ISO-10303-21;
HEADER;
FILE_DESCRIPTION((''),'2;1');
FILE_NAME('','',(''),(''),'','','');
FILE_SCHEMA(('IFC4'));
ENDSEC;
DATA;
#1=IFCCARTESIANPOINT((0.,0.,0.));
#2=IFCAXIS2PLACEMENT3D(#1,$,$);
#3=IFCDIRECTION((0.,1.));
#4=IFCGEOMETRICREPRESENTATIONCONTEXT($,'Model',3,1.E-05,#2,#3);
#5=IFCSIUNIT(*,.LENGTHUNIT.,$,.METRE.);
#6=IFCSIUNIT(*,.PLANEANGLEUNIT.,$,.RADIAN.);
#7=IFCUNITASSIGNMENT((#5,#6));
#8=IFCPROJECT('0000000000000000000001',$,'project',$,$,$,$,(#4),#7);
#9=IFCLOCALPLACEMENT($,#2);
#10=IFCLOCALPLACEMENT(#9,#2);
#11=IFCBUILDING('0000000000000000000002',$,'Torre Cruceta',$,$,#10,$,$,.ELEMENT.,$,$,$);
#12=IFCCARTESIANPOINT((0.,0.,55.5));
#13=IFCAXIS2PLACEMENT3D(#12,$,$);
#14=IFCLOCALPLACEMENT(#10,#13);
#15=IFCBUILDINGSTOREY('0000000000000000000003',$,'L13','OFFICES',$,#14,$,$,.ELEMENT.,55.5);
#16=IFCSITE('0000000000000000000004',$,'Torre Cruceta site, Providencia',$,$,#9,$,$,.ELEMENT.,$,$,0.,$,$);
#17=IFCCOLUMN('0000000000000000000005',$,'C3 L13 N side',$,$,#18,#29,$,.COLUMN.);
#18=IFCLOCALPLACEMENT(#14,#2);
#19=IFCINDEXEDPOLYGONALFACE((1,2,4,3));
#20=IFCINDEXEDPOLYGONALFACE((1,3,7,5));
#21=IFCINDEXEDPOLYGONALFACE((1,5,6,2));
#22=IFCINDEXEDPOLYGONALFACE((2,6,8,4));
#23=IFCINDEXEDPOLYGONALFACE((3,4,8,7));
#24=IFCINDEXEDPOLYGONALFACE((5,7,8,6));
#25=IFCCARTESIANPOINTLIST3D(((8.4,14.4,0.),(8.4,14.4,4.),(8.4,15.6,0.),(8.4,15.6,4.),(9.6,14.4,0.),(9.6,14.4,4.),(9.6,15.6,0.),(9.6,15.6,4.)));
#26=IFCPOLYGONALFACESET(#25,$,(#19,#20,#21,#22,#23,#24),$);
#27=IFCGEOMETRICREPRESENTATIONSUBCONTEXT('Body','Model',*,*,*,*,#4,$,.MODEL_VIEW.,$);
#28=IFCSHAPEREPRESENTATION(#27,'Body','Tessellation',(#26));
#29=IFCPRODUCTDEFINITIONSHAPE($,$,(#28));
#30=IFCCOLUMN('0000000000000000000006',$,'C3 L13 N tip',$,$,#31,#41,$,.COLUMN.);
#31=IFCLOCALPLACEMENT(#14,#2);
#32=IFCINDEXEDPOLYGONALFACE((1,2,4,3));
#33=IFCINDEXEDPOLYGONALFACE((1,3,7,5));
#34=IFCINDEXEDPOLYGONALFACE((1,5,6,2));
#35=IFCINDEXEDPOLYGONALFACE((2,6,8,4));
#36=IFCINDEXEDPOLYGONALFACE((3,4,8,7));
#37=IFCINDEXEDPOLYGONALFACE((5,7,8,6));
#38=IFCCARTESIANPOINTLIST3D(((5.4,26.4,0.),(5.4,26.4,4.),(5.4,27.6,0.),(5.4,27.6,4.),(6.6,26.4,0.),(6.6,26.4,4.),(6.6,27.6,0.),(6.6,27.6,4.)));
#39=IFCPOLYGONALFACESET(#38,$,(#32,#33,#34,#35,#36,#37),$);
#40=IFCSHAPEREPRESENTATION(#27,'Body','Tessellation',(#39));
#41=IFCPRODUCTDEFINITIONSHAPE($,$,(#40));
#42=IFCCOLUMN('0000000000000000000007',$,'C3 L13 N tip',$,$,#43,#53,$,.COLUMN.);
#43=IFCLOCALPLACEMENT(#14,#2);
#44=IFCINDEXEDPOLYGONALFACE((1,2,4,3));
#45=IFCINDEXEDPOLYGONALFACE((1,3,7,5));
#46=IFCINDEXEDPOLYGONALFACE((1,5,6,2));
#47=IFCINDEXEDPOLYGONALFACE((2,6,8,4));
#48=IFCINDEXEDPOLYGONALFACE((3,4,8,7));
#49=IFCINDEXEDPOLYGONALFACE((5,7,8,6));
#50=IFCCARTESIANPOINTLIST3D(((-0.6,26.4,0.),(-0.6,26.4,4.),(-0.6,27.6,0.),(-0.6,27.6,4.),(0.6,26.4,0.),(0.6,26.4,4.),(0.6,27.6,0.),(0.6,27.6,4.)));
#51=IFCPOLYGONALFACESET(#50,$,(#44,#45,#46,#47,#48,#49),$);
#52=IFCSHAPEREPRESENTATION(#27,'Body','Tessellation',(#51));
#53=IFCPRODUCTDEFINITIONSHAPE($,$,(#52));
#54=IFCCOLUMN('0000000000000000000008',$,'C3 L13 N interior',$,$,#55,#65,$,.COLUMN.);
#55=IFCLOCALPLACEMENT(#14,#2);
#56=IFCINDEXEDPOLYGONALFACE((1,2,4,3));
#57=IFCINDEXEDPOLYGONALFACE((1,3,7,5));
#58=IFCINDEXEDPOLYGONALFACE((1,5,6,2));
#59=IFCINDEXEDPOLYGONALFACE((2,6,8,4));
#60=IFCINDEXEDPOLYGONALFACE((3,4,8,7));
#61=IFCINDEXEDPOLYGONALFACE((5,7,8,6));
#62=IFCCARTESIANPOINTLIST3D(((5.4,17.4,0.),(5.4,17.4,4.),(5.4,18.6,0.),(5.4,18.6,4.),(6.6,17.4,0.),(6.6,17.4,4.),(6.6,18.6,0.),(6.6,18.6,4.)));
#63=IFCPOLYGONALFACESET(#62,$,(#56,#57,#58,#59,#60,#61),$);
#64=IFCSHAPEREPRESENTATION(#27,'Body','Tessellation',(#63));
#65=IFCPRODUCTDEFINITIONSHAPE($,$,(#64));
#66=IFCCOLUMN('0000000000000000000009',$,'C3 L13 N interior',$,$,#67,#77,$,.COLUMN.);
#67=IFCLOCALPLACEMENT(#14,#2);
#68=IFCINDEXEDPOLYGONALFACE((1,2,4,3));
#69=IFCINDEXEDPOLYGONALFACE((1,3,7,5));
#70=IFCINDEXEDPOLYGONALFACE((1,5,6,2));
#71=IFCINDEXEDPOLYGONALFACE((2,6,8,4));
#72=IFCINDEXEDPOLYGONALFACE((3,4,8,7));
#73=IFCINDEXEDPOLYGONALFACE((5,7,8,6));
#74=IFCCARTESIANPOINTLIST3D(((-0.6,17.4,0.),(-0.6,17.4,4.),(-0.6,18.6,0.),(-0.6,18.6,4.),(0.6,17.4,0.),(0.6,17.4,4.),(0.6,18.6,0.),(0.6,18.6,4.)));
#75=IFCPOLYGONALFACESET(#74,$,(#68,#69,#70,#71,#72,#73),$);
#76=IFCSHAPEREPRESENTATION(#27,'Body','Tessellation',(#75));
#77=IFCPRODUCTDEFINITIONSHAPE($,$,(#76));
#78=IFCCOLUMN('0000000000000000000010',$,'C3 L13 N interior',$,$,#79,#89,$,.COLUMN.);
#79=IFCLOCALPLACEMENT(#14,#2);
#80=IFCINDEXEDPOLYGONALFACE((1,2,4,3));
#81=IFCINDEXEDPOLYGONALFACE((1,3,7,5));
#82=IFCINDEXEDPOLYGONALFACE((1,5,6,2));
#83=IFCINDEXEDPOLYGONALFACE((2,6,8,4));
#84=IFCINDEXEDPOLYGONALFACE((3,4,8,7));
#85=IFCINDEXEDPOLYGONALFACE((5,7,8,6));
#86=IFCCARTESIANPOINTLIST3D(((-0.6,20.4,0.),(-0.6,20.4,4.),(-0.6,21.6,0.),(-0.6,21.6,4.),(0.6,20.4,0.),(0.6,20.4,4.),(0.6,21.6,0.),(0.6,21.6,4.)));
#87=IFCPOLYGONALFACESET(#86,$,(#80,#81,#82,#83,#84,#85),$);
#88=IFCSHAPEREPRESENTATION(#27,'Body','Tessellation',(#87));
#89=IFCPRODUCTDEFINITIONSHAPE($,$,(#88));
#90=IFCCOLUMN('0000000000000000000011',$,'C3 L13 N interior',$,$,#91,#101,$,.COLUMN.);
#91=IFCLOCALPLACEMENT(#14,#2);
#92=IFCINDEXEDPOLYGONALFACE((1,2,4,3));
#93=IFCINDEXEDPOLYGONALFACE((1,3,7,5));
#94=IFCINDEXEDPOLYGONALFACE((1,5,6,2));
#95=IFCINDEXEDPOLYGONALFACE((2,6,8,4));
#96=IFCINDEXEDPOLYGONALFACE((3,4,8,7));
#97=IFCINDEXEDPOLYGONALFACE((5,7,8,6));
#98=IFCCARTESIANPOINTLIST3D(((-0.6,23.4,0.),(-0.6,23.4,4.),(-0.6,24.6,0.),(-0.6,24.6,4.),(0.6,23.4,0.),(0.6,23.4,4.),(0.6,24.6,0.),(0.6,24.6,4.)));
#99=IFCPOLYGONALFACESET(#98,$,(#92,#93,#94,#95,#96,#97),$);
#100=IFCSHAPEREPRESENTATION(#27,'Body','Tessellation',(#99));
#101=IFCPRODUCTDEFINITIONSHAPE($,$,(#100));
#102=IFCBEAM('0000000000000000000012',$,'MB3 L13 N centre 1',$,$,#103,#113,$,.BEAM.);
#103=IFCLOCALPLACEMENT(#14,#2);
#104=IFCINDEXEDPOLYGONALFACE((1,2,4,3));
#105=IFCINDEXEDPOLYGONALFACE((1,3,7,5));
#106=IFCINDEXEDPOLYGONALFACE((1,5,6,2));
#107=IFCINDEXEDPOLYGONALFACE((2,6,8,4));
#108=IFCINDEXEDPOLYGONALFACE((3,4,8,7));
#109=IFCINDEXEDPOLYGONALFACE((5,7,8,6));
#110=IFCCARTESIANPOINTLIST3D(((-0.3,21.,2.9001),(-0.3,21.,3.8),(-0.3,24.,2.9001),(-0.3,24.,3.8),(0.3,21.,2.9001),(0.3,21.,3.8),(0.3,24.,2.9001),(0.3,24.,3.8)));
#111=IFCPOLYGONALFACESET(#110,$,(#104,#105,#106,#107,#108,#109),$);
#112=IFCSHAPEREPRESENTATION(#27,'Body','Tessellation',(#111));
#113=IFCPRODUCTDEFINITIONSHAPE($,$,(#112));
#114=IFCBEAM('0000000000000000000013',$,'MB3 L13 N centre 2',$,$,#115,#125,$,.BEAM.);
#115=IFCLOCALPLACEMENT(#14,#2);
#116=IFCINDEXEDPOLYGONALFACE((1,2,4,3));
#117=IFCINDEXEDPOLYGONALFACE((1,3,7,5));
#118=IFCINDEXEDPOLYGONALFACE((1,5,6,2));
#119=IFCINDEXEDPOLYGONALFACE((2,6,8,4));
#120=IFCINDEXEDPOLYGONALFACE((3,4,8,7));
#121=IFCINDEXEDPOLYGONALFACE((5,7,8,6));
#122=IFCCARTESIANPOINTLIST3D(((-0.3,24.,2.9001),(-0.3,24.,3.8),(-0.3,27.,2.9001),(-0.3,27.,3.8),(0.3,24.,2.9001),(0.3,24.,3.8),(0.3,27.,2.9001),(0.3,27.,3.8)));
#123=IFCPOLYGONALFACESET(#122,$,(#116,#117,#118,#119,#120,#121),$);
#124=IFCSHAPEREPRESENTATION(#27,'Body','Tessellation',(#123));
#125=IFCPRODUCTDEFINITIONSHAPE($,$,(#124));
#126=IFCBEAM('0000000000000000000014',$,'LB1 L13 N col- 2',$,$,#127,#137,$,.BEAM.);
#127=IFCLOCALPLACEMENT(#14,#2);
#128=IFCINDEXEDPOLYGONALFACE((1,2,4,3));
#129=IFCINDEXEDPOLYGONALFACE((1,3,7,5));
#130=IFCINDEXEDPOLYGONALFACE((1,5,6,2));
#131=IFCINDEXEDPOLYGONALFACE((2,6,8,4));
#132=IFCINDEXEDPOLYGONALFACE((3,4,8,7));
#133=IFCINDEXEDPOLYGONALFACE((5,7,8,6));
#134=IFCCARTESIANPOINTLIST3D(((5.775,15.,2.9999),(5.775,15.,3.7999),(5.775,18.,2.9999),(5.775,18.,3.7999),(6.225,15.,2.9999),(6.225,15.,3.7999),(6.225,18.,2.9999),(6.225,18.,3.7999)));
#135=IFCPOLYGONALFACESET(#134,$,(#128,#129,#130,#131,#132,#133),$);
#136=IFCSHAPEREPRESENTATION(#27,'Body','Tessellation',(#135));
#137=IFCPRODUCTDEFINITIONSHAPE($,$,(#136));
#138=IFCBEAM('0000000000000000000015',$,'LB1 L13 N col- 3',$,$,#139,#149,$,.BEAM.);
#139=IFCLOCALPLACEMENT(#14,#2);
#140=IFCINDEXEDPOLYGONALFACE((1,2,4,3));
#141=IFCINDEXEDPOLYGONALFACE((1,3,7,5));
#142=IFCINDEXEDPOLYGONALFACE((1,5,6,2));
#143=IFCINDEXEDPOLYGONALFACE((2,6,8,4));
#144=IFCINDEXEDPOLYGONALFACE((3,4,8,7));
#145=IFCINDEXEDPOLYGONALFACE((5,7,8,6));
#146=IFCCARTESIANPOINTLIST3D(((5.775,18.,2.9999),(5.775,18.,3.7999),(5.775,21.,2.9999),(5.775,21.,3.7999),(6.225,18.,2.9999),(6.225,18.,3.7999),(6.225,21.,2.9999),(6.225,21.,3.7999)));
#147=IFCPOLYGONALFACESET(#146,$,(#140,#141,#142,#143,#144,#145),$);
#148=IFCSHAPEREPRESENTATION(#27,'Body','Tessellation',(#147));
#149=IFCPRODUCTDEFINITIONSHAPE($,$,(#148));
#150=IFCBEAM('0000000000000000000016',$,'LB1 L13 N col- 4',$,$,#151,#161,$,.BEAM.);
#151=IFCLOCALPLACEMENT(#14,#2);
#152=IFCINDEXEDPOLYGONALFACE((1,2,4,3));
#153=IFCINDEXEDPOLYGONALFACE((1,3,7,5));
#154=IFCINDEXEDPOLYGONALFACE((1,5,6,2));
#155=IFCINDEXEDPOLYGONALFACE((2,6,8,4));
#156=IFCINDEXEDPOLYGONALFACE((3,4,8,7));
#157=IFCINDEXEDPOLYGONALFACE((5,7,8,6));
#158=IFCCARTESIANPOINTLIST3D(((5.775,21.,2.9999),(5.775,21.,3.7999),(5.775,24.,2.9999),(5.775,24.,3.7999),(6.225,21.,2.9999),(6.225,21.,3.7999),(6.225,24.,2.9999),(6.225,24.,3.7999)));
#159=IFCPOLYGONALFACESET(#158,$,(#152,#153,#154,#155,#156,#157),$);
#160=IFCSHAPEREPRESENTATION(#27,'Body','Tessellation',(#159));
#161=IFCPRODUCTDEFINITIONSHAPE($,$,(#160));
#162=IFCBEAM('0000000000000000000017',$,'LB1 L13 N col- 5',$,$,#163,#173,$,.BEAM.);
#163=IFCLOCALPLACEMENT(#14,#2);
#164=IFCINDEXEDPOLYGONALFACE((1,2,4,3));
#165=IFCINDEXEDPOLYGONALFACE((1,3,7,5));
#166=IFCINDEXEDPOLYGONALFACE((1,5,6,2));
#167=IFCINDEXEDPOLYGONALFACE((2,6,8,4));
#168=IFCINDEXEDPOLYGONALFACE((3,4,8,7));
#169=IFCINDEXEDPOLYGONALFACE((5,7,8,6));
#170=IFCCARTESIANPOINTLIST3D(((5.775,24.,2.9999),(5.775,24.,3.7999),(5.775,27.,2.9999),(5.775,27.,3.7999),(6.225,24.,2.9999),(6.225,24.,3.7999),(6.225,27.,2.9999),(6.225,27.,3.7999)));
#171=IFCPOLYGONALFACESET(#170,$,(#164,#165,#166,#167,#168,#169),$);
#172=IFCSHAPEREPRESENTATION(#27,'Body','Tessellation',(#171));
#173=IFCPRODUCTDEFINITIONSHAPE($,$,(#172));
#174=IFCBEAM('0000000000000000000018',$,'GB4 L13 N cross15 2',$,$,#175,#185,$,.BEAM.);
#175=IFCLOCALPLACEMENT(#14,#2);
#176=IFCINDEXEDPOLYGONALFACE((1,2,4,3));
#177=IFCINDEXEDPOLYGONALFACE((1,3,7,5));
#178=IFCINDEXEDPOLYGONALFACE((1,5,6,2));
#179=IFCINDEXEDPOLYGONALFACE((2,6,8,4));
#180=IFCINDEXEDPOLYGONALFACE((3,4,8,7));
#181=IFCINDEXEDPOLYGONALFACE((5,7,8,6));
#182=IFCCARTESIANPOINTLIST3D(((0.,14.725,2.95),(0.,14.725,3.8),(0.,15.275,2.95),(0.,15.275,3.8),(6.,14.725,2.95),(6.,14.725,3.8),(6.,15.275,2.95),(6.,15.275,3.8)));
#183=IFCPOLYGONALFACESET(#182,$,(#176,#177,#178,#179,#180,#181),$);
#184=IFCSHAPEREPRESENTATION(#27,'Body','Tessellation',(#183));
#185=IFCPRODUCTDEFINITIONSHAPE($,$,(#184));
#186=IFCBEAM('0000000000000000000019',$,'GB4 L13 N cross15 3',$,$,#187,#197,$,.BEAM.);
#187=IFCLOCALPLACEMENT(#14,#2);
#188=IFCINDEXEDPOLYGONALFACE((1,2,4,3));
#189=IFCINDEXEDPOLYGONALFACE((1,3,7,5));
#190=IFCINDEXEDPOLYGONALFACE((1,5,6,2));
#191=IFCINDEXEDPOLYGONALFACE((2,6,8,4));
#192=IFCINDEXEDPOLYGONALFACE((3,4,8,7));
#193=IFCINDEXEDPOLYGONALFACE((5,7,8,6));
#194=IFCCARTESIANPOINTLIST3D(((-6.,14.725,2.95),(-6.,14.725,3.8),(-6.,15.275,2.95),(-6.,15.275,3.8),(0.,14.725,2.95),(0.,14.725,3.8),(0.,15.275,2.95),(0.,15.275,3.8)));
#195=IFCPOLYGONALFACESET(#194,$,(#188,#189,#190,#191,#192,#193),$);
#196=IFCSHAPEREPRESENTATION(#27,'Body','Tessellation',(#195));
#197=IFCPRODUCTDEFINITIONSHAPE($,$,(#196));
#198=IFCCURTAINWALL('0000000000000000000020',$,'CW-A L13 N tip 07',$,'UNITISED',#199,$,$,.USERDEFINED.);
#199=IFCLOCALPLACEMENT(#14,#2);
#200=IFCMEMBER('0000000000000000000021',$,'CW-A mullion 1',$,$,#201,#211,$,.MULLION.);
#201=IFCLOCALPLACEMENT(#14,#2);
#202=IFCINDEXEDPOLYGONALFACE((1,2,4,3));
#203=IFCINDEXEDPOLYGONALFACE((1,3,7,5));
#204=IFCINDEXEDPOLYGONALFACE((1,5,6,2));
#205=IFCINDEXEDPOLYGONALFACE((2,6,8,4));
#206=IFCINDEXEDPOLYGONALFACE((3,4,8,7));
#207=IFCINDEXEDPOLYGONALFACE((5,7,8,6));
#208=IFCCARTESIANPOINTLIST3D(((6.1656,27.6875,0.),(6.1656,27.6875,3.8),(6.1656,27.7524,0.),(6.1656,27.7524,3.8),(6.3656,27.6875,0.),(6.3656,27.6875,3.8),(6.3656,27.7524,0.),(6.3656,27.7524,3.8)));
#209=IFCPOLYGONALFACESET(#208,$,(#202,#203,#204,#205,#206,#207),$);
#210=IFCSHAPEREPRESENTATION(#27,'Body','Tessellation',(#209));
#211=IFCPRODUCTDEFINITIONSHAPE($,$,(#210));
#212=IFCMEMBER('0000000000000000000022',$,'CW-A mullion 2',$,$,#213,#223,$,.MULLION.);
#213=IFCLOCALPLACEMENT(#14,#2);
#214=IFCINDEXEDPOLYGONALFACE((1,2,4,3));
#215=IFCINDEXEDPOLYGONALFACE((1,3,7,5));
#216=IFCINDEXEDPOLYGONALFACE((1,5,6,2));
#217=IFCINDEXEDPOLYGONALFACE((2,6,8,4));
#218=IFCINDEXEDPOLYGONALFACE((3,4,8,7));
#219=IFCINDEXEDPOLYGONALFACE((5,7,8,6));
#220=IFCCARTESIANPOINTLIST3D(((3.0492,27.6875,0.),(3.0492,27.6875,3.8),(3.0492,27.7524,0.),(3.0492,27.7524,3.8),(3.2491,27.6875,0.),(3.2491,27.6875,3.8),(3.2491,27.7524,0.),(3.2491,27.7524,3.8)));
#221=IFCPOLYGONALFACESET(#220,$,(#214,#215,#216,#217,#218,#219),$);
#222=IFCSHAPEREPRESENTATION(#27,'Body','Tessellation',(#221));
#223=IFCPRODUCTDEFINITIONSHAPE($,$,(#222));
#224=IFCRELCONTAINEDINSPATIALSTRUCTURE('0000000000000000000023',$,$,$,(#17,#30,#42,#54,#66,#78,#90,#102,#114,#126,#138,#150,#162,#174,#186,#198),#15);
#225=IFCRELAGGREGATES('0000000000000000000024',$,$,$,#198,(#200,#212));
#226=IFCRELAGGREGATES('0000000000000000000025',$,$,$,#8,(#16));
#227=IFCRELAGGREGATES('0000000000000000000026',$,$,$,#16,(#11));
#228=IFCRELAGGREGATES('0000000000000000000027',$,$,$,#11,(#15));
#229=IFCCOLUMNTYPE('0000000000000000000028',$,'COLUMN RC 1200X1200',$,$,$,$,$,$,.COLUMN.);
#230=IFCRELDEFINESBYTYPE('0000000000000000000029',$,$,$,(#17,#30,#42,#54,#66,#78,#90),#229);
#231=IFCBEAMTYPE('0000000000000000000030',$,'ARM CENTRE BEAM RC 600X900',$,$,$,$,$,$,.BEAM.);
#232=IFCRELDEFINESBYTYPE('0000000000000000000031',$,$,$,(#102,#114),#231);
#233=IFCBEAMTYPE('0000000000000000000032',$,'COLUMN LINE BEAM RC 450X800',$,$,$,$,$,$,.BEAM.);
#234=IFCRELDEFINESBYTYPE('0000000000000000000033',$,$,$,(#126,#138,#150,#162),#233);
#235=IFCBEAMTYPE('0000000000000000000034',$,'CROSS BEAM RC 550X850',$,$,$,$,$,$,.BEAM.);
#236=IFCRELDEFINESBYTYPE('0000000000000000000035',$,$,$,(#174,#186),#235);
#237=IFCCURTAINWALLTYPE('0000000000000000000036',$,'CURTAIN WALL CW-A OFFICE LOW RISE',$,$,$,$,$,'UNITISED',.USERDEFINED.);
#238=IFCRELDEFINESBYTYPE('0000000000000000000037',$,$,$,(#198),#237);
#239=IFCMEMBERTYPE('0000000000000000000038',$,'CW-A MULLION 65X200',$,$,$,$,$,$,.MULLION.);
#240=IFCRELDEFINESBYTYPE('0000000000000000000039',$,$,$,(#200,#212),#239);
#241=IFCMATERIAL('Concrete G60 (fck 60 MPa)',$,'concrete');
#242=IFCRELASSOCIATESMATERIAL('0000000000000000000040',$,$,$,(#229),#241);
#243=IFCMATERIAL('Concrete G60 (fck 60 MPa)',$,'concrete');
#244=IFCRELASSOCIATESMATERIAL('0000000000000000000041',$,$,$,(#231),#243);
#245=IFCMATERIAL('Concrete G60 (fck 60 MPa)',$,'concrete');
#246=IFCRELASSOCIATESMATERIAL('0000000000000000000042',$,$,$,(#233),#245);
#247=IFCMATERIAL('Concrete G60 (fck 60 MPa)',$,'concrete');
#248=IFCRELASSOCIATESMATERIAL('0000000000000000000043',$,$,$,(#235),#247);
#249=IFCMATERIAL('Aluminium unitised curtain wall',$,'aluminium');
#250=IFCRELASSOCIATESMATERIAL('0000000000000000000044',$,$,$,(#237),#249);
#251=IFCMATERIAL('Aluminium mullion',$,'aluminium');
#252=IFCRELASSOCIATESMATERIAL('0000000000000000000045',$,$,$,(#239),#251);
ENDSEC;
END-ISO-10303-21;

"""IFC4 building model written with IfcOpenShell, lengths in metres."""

from ifc_helpers import new_model, si_unit, direction, frame, origin, origin_2d, place, context, subcontext, project, spatial, rectangle, extrude, material, material_profile, profile_set, type_object, element, aggregate, save


model = new_model("IFC4")

# Units and contexts
model_context = context("Model", 3, precision=1e-05, world=origin(), true_north=direction((0.0, 1.0)))
body_context = subcontext(model_context, "Body", "Model", "MODEL_VIEW")
ifc_project = project(units=[si_unit("LENGTHUNIT", "METRE"), si_unit("PLANEANGLEUNIT", "RADIAN")], contexts=[model_context])

# Site, building, storey
site_placement = place(None, origin())
site = spatial("IfcSite", under=ifc_project, at=site_placement, Name="Torre Cruceta site, Providencia", CompositionType="ELEMENT", RefElevation=0.0)
building_placement = place(site_placement, origin())
building = spatial("IfcBuilding", under=site, at=building_placement, Name="Torre Cruceta", CompositionType="ELEMENT")
storey_placement = place(building_placement, frame((0.0, 0.0, 55.5)))
storey = spatial("IfcBuildingStorey", under=building, at=storey_placement, Name="L13", Description="OFFICES", CompositionType="ELEMENT", Elevation=55.5)

# Columns
ifc_material_1 = material(Name="Concrete G60 (fck 60 MPa)", Category="concrete")
ifc_material_profile_1 = material_profile(ifc_material_1, rectangle(XDim=1.2, YDim=1.2, at=origin_2d()), Name="RC 1200X1200")
ifc_profile_set_1 = profile_set([ifc_material_profile_1], Name="Concrete G60 (fck 60 MPa)")
column_type = type_object("IfcColumnType", Name="COLUMN RC 1200X1200", PredefinedType="COLUMN", material=ifc_profile_set_1)
for number, where, z_axis, x_axis, name in (
    (1, (9.0, 15.0, 0.0), (0.0, 0.0, 1.0), (1.0, 0.0, 0.0), "C3 L13 N side"),
    (2, (6.0, 27.0, 0.0), (0.0, 0.0, 1.0), (1.0, 0.0, 0.0), "C3 L13 N tip"),
    (3, (0.0, 27.0, 0.0), (0.0, 0.0, 1.0), (1.0, 0.0, 0.0), "C3 L13 N tip"),
    (4, (6.0, 18.0, 0.0), (0.0, 0.0, 1.0), (1.0, 0.0, 0.0), "C3 L13 N interior"),
    (5, (0.0, 18.0, 0.0), (0.0, 0.0, 1.0), (1.0, 0.0, 0.0), "C3 L13 N interior"),
    (6, (0.0, 21.0, 0.0), (0.0, 0.0, 1.0), (1.0, 0.0, 0.0), "C3 L13 N interior"),
    (7, (0.0, 24.0, 0.0), (0.0, 0.0, 1.0), (1.0, 0.0, 0.0), "C3 L13 N interior"),
):
    element("IfcColumn", number, at=place(storey_placement, frame(where, z_axis=z_axis, x_axis=x_axis)), inside=storey, type_object=column_type, Name=name, PredefinedType="COLUMN", context=body_context, shape_type="SweptSolid", body=[
        extrude(rectangle(XDim=1.2, YDim=1.2, at=origin_2d()), origin(), (0.0, 0.0, 1.0), 4.0),
    ])

# Beams
ifc_material_2 = material(Name="Concrete G60 (fck 60 MPa)", Category="concrete")
ifc_material_profile_2 = material_profile(ifc_material_2, rectangle(XDim=0.6001, YDim=0.8999, at=origin_2d()), Name="RC 600X900")
ifc_profile_set_2 = profile_set([ifc_material_profile_2], Name="Concrete G60 (fck 60 MPa)")
beam_type_1 = type_object("IfcBeamType", Name="ARM CENTRE BEAM RC 600X900", PredefinedType="BEAM", material=ifc_profile_set_2)
for number, where, z_axis, x_axis, name in (
    (8, (0.0, 21.0, 3.3501), (0.0, 1.0, 0.0), (-1.0, 0.0, 0.0), "MB3 L13 N centre 1"),
    (9, (0.0, 24.0, 3.3501), (0.0, 1.0, 0.0), (-1.0, 0.0, 0.0), "MB3 L13 N centre 2"),
):
    element("IfcBeam", number, at=place(storey_placement, frame(where, z_axis=z_axis, x_axis=x_axis)), inside=storey, type_object=beam_type_1, Name=name, PredefinedType="BEAM", context=body_context, shape_type="SweptSolid", body=[
        extrude(rectangle(XDim=0.6001, YDim=0.8999, at=origin_2d()), origin(), (0.0, 0.0, 1.0), 3.0),
    ])
ifc_material_3 = material(Name="Concrete G60 (fck 60 MPa)", Category="concrete")
ifc_material_profile_3 = material_profile(ifc_material_3, rectangle(XDim=0.45, YDim=0.8, at=origin_2d()), Name="RC 450X800")
ifc_profile_set_3 = profile_set([ifc_material_profile_3], Name="Concrete G60 (fck 60 MPa)")
beam_type_2 = type_object("IfcBeamType", Name="COLUMN LINE BEAM RC 450X800", PredefinedType="BEAM", material=ifc_profile_set_3)
for number, where, z_axis, x_axis, name in (
    (10, (6.0, 15.0, 3.3999), (0.0, 1.0, 0.0), (-1.0, 0.0, 0.0), "LB1 L13 N col- 2"),
    (11, (6.0, 18.0, 3.3999), (0.0, 1.0, 0.0), (-1.0, 0.0, 0.0), "LB1 L13 N col- 3"),
    (12, (6.0, 21.0, 3.3999), (0.0, 1.0, 0.0), (-1.0, 0.0, 0.0), "LB1 L13 N col- 4"),
    (13, (6.0, 24.0, 3.3999), (0.0, 1.0, 0.0), (-1.0, 0.0, 0.0), "LB1 L13 N col- 5"),
):
    element("IfcBeam", number, at=place(storey_placement, frame(where, z_axis=z_axis, x_axis=x_axis)), inside=storey, type_object=beam_type_2, Name=name, PredefinedType="BEAM", context=body_context, shape_type="SweptSolid", body=[
        extrude(rectangle(XDim=0.45, YDim=0.8, at=origin_2d()), origin(), (0.0, 0.0, 1.0), 3.0),
    ])
ifc_material_4 = material(Name="Concrete G60 (fck 60 MPa)", Category="concrete")
ifc_material_profile_4 = material_profile(ifc_material_4, rectangle(XDim=0.55, YDim=0.8501, at=origin_2d()), Name="RC 550X850")
ifc_profile_set_4 = profile_set([ifc_material_profile_4], Name="Concrete G60 (fck 60 MPa)")
beam_type_3 = type_object("IfcBeamType", Name="CROSS BEAM RC 550X850", PredefinedType="BEAM", material=ifc_profile_set_4)
for number, where, z_axis, x_axis, name in (
    (14, (6.0, 15.0, 3.375), (-1.0, 0.0, 0.0), (0.0, -1.0, 0.0), "GB4 L13 N cross15 2"),
    (15, (0.0, 15.0, 3.375), (-1.0, 0.0, 0.0), (0.0, -1.0, 0.0), "GB4 L13 N cross15 3"),
):
    element("IfcBeam", number, at=place(storey_placement, frame(where, z_axis=z_axis, x_axis=x_axis)), inside=storey, type_object=beam_type_3, Name=name, PredefinedType="BEAM", context=body_context, shape_type="SweptSolid", body=[
        extrude(rectangle(XDim=0.55, YDim=0.8501, at=origin_2d()), origin(), (0.0, 0.0, 1.0), 6.0),
    ])

# Curtain wall, members
ifc_material_5 = material(Name="Aluminium unitised curtain wall", Category="aluminium")
curtain_wall_type = type_object("IfcCurtainWallType", Name="CURTAIN WALL CW-A OFFICE LOW RISE", ElementType="UNITISED", PredefinedType="USERDEFINED", material=ifc_material_5)
curtain_wall_placement = place(storey_placement, origin())
curtain_wall = element("IfcCurtainWall", 16, at=curtain_wall_placement, inside=storey, type_object=curtain_wall_type, Name="CW-A L13 N tip 07", ObjectType="UNITISED", PredefinedType="USERDEFINED")
ifc_material_6 = material(Name="Aluminium mullion", Category="aluminium")
ifc_material_profile_5 = material_profile(ifc_material_6, rectangle(XDim=0.0649, YDim=0.2, at=origin_2d()), Name="AL 65X200")
ifc_profile_set_5 = profile_set([ifc_material_profile_5], Name="Aluminium mullion")
member_type_1 = type_object("IfcMemberType", Name="CW-A MULLION 65X200", PredefinedType="MULLION", material=ifc_profile_set_5)
member_1_placement = place(storey_placement, frame((6.2656, 27.72, 0.0), z_axis=(0.0, 0.0, 1.0), x_axis=(0.0, -1.0, 0.0)))
member_1 = element("IfcMember", 17, at=member_1_placement, type_object=member_type_1, Name="CW-A mullion 1", PredefinedType="MULLION", context=body_context, shape_type="SweptSolid", body=[
    extrude(rectangle(XDim=0.0649, YDim=0.2, at=origin_2d()), origin(), (0.0, 0.0, 1.0), 3.8),
])
member_2_placement = place(storey_placement, frame((3.1492, 27.72, 0.0), z_axis=(0.0, 0.0, 1.0), x_axis=(0.0, -1.0, 0.0)))
member_2 = element("IfcMember", 18, at=member_2_placement, type_object=member_type_1, Name="CW-A mullion 2", PredefinedType="MULLION", context=body_context, shape_type="SweptSolid", body=[
    extrude(rectangle(XDim=0.0649, YDim=0.2, at=origin_2d()), origin(), (0.0, 0.0, 1.0), 3.8),
])

aggregate(curtain_wall, [member_1, member_2])

save(model, "model.ifc")
